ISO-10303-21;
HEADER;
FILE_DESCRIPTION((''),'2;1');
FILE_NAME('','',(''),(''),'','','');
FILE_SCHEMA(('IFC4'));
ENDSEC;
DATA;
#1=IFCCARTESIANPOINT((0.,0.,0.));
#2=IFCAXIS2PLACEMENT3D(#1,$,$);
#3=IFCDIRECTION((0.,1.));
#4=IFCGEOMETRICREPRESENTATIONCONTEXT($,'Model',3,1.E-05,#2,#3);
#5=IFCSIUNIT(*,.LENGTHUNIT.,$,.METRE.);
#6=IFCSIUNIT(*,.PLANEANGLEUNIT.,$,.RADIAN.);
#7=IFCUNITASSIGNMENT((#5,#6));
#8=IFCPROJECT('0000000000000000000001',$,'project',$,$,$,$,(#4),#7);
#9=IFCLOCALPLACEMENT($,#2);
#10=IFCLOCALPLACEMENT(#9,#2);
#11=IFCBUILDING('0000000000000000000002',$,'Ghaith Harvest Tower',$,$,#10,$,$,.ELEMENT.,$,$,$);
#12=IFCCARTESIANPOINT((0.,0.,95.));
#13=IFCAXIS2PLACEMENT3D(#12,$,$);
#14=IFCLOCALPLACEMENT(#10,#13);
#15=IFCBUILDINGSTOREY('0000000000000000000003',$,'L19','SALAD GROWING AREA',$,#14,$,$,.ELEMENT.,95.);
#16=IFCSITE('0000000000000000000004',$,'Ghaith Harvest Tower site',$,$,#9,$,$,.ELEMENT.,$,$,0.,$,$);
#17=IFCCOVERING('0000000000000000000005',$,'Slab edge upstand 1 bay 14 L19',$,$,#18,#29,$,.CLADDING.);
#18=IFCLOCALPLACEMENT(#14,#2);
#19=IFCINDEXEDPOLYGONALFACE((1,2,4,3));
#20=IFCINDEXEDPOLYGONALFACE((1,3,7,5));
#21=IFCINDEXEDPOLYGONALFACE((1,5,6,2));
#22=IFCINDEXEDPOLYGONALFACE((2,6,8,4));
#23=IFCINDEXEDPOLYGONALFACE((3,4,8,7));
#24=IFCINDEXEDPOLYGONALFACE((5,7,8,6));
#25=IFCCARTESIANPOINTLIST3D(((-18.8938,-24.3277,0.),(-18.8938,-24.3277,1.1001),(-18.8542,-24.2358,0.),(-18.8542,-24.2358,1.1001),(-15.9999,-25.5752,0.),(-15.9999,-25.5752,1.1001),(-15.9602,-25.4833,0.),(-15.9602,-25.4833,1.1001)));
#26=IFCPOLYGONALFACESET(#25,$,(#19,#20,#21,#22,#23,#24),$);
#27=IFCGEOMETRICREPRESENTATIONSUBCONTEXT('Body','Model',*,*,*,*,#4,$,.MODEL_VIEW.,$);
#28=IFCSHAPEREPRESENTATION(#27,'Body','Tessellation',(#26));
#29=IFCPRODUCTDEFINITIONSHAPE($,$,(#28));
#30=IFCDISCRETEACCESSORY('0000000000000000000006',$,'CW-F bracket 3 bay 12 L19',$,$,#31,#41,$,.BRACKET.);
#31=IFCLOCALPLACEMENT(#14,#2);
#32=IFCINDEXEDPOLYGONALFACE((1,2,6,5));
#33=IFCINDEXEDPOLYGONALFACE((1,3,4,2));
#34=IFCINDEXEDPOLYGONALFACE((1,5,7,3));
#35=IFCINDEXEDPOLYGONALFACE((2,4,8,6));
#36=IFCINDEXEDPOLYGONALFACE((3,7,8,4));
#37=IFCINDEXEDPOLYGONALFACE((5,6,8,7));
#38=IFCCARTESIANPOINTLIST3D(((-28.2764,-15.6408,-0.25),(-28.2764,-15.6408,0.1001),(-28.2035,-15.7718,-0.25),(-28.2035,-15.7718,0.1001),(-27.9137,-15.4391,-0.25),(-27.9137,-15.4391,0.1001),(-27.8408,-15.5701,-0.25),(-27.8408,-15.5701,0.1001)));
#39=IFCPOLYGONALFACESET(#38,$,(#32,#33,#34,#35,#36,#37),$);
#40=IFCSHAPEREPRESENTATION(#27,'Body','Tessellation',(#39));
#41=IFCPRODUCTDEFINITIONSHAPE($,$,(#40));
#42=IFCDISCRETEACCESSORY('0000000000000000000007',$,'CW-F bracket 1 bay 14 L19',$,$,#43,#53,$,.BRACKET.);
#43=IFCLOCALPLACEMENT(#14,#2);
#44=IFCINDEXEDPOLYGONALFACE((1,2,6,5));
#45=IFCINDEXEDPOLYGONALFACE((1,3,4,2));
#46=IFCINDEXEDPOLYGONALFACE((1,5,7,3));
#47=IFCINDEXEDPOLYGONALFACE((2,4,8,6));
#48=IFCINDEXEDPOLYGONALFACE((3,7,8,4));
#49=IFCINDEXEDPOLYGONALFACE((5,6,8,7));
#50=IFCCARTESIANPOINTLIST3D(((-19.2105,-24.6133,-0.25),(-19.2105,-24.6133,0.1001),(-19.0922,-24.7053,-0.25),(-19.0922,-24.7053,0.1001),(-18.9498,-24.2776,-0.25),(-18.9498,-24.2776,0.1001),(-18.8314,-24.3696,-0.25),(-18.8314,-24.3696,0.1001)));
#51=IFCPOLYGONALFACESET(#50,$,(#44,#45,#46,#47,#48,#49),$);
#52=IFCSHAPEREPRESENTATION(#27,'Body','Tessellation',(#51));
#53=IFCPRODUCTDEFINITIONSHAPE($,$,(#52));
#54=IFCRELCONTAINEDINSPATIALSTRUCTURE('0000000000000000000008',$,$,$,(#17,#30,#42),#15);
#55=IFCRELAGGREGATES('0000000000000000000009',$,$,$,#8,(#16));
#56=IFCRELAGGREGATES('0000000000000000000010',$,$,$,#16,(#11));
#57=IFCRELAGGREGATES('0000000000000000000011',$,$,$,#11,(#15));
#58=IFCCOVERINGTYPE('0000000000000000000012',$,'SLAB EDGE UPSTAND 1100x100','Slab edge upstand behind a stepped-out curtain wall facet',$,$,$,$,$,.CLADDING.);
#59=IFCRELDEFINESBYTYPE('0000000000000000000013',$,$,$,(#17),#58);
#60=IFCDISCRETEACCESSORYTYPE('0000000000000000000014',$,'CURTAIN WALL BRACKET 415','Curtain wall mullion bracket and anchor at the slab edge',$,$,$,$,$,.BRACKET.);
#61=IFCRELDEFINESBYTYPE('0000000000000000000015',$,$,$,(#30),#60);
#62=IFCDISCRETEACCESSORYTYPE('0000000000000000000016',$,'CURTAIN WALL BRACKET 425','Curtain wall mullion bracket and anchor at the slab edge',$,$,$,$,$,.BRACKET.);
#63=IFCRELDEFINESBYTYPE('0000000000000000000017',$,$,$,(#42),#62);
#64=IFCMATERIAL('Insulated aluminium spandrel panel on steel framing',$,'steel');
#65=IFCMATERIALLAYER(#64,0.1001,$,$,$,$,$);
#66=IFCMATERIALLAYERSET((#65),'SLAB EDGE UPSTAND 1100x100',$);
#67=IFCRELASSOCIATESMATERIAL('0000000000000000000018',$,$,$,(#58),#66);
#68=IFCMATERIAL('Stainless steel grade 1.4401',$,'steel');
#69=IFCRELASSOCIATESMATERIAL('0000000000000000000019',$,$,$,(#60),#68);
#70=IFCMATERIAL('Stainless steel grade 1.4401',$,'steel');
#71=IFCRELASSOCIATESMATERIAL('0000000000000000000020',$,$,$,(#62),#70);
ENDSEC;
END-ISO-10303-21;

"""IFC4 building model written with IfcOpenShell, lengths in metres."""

from ifc_helpers import new_model, si_unit, direction, frame, origin, origin_2d, place, context, subcontext, project, spatial, rectangle, extrude, material, layer, layer_set, type_object, element, save


model = new_model("IFC4")

# Units and contexts
model_context = context("Model", 3, precision=1e-05, world=origin(), true_north=direction((0.0, 1.0)))
body_context = subcontext(model_context, "Body", "Model", "MODEL_VIEW")
ifc_project = project(units=[si_unit("LENGTHUNIT", "METRE"), si_unit("PLANEANGLEUNIT", "RADIAN")], contexts=[model_context])

# Site, building, storey
site_placement = place(None, origin())
site = spatial("IfcSite", under=ifc_project, at=site_placement, Name="Ghaith Harvest Tower site", CompositionType="ELEMENT", RefElevation=0.0)
building_placement = place(site_placement, origin())
building = spatial("IfcBuilding", under=site, at=building_placement, Name="Ghaith Harvest Tower", CompositionType="ELEMENT")
storey_placement = place(building_placement, frame((0.0, 0.0, 95.0)))
storey = spatial("IfcBuildingStorey", under=building, at=storey_placement, Name="L19", Description="SALAD GROWING AREA", CompositionType="ELEMENT", Elevation=95.0)

# Covering
ifc_material_1 = material(Name="Insulated aluminium spandrel panel on steel framing", Category="steel")
ifc_layer_1 = layer(ifc_material_1, 0.1001)
ifc_layer_set_1 = layer_set([ifc_layer_1], Name="SLAB EDGE UPSTAND 1100x100")
covering_type = type_object("IfcCoveringType", Name="SLAB EDGE UPSTAND 1100x100", Description="Slab edge upstand behind a stepped-out curtain wall facet", PredefinedType="CLADDING", material=ifc_layer_set_1)
covering_1_placement = place(storey_placement, frame((-17.427, -24.9055, 0.0), z_axis=(0.0, 0.0, 1.0), x_axis=(0.918307, -0.395869, 0.0)))
element("IfcCovering", 1, at=covering_1_placement, inside=storey, type_object=covering_type, Name="Slab edge upstand 1 bay 14 L19", PredefinedType="CLADDING", context=body_context, shape_type="SweptSolid", body=[
    extrude(rectangle(XDim=3.1514, YDim=0.1001, at=origin_2d()), origin(), (0.0, 0.0, 1.0), 1.1001),
])

# Discrete accessories
ifc_material_2 = material(Name="Stainless steel grade 1.4401", Category="steel")
discrete_accessory_type_1 = type_object("IfcDiscreteAccessoryType", Name="CURTAIN WALL BRACKET 415", Description="Curtain wall mullion bracket and anchor at the slab edge", PredefinedType="BRACKET", material=ifc_material_2)
discrete_accessory_1_placement = place(storey_placement, frame((-28.0586, -15.6055, -0.25), z_axis=(0.0, 0.0, 1.0), x_axis=(-0.873927, -0.486057, 0.0)))
element("IfcDiscreteAccessory", 2, at=discrete_accessory_1_placement, inside=storey, type_object=discrete_accessory_type_1, Name="CW-F bracket 3 bay 12 L19", PredefinedType="BRACKET", context=body_context, shape_type="SweptSolid", body=[
    extrude(rectangle(XDim=0.415, YDim=0.1499, at=origin_2d()), origin(), (0.0, 0.0, 1.0), 0.3501),
])
ifc_material_3 = material(Name="Stainless steel grade 1.4401", Category="steel")
discrete_accessory_type_2 = type_object("IfcDiscreteAccessoryType", Name="CURTAIN WALL BRACKET 425", Description="Curtain wall mullion bracket and anchor at the slab edge", PredefinedType="BRACKET", material=ifc_material_3)
discrete_accessory_2_placement = place(storey_placement, frame((-19.021, -24.4915, -0.25), z_axis=(0.0, 0.0, 1.0), x_axis=(-0.613378, -0.78979, 0.0)))
element("IfcDiscreteAccessory", 3, at=discrete_accessory_2_placement, inside=storey, type_object=discrete_accessory_type_2, Name="CW-F bracket 1 bay 14 L19", PredefinedType="BRACKET", context=body_context, shape_type="SweptSolid", body=[
    extrude(rectangle(XDim=0.425, YDim=0.1499, at=origin_2d()), origin(), (0.0, 0.0, 1.0), 0.3501),
])

save(model, "model.ifc")
